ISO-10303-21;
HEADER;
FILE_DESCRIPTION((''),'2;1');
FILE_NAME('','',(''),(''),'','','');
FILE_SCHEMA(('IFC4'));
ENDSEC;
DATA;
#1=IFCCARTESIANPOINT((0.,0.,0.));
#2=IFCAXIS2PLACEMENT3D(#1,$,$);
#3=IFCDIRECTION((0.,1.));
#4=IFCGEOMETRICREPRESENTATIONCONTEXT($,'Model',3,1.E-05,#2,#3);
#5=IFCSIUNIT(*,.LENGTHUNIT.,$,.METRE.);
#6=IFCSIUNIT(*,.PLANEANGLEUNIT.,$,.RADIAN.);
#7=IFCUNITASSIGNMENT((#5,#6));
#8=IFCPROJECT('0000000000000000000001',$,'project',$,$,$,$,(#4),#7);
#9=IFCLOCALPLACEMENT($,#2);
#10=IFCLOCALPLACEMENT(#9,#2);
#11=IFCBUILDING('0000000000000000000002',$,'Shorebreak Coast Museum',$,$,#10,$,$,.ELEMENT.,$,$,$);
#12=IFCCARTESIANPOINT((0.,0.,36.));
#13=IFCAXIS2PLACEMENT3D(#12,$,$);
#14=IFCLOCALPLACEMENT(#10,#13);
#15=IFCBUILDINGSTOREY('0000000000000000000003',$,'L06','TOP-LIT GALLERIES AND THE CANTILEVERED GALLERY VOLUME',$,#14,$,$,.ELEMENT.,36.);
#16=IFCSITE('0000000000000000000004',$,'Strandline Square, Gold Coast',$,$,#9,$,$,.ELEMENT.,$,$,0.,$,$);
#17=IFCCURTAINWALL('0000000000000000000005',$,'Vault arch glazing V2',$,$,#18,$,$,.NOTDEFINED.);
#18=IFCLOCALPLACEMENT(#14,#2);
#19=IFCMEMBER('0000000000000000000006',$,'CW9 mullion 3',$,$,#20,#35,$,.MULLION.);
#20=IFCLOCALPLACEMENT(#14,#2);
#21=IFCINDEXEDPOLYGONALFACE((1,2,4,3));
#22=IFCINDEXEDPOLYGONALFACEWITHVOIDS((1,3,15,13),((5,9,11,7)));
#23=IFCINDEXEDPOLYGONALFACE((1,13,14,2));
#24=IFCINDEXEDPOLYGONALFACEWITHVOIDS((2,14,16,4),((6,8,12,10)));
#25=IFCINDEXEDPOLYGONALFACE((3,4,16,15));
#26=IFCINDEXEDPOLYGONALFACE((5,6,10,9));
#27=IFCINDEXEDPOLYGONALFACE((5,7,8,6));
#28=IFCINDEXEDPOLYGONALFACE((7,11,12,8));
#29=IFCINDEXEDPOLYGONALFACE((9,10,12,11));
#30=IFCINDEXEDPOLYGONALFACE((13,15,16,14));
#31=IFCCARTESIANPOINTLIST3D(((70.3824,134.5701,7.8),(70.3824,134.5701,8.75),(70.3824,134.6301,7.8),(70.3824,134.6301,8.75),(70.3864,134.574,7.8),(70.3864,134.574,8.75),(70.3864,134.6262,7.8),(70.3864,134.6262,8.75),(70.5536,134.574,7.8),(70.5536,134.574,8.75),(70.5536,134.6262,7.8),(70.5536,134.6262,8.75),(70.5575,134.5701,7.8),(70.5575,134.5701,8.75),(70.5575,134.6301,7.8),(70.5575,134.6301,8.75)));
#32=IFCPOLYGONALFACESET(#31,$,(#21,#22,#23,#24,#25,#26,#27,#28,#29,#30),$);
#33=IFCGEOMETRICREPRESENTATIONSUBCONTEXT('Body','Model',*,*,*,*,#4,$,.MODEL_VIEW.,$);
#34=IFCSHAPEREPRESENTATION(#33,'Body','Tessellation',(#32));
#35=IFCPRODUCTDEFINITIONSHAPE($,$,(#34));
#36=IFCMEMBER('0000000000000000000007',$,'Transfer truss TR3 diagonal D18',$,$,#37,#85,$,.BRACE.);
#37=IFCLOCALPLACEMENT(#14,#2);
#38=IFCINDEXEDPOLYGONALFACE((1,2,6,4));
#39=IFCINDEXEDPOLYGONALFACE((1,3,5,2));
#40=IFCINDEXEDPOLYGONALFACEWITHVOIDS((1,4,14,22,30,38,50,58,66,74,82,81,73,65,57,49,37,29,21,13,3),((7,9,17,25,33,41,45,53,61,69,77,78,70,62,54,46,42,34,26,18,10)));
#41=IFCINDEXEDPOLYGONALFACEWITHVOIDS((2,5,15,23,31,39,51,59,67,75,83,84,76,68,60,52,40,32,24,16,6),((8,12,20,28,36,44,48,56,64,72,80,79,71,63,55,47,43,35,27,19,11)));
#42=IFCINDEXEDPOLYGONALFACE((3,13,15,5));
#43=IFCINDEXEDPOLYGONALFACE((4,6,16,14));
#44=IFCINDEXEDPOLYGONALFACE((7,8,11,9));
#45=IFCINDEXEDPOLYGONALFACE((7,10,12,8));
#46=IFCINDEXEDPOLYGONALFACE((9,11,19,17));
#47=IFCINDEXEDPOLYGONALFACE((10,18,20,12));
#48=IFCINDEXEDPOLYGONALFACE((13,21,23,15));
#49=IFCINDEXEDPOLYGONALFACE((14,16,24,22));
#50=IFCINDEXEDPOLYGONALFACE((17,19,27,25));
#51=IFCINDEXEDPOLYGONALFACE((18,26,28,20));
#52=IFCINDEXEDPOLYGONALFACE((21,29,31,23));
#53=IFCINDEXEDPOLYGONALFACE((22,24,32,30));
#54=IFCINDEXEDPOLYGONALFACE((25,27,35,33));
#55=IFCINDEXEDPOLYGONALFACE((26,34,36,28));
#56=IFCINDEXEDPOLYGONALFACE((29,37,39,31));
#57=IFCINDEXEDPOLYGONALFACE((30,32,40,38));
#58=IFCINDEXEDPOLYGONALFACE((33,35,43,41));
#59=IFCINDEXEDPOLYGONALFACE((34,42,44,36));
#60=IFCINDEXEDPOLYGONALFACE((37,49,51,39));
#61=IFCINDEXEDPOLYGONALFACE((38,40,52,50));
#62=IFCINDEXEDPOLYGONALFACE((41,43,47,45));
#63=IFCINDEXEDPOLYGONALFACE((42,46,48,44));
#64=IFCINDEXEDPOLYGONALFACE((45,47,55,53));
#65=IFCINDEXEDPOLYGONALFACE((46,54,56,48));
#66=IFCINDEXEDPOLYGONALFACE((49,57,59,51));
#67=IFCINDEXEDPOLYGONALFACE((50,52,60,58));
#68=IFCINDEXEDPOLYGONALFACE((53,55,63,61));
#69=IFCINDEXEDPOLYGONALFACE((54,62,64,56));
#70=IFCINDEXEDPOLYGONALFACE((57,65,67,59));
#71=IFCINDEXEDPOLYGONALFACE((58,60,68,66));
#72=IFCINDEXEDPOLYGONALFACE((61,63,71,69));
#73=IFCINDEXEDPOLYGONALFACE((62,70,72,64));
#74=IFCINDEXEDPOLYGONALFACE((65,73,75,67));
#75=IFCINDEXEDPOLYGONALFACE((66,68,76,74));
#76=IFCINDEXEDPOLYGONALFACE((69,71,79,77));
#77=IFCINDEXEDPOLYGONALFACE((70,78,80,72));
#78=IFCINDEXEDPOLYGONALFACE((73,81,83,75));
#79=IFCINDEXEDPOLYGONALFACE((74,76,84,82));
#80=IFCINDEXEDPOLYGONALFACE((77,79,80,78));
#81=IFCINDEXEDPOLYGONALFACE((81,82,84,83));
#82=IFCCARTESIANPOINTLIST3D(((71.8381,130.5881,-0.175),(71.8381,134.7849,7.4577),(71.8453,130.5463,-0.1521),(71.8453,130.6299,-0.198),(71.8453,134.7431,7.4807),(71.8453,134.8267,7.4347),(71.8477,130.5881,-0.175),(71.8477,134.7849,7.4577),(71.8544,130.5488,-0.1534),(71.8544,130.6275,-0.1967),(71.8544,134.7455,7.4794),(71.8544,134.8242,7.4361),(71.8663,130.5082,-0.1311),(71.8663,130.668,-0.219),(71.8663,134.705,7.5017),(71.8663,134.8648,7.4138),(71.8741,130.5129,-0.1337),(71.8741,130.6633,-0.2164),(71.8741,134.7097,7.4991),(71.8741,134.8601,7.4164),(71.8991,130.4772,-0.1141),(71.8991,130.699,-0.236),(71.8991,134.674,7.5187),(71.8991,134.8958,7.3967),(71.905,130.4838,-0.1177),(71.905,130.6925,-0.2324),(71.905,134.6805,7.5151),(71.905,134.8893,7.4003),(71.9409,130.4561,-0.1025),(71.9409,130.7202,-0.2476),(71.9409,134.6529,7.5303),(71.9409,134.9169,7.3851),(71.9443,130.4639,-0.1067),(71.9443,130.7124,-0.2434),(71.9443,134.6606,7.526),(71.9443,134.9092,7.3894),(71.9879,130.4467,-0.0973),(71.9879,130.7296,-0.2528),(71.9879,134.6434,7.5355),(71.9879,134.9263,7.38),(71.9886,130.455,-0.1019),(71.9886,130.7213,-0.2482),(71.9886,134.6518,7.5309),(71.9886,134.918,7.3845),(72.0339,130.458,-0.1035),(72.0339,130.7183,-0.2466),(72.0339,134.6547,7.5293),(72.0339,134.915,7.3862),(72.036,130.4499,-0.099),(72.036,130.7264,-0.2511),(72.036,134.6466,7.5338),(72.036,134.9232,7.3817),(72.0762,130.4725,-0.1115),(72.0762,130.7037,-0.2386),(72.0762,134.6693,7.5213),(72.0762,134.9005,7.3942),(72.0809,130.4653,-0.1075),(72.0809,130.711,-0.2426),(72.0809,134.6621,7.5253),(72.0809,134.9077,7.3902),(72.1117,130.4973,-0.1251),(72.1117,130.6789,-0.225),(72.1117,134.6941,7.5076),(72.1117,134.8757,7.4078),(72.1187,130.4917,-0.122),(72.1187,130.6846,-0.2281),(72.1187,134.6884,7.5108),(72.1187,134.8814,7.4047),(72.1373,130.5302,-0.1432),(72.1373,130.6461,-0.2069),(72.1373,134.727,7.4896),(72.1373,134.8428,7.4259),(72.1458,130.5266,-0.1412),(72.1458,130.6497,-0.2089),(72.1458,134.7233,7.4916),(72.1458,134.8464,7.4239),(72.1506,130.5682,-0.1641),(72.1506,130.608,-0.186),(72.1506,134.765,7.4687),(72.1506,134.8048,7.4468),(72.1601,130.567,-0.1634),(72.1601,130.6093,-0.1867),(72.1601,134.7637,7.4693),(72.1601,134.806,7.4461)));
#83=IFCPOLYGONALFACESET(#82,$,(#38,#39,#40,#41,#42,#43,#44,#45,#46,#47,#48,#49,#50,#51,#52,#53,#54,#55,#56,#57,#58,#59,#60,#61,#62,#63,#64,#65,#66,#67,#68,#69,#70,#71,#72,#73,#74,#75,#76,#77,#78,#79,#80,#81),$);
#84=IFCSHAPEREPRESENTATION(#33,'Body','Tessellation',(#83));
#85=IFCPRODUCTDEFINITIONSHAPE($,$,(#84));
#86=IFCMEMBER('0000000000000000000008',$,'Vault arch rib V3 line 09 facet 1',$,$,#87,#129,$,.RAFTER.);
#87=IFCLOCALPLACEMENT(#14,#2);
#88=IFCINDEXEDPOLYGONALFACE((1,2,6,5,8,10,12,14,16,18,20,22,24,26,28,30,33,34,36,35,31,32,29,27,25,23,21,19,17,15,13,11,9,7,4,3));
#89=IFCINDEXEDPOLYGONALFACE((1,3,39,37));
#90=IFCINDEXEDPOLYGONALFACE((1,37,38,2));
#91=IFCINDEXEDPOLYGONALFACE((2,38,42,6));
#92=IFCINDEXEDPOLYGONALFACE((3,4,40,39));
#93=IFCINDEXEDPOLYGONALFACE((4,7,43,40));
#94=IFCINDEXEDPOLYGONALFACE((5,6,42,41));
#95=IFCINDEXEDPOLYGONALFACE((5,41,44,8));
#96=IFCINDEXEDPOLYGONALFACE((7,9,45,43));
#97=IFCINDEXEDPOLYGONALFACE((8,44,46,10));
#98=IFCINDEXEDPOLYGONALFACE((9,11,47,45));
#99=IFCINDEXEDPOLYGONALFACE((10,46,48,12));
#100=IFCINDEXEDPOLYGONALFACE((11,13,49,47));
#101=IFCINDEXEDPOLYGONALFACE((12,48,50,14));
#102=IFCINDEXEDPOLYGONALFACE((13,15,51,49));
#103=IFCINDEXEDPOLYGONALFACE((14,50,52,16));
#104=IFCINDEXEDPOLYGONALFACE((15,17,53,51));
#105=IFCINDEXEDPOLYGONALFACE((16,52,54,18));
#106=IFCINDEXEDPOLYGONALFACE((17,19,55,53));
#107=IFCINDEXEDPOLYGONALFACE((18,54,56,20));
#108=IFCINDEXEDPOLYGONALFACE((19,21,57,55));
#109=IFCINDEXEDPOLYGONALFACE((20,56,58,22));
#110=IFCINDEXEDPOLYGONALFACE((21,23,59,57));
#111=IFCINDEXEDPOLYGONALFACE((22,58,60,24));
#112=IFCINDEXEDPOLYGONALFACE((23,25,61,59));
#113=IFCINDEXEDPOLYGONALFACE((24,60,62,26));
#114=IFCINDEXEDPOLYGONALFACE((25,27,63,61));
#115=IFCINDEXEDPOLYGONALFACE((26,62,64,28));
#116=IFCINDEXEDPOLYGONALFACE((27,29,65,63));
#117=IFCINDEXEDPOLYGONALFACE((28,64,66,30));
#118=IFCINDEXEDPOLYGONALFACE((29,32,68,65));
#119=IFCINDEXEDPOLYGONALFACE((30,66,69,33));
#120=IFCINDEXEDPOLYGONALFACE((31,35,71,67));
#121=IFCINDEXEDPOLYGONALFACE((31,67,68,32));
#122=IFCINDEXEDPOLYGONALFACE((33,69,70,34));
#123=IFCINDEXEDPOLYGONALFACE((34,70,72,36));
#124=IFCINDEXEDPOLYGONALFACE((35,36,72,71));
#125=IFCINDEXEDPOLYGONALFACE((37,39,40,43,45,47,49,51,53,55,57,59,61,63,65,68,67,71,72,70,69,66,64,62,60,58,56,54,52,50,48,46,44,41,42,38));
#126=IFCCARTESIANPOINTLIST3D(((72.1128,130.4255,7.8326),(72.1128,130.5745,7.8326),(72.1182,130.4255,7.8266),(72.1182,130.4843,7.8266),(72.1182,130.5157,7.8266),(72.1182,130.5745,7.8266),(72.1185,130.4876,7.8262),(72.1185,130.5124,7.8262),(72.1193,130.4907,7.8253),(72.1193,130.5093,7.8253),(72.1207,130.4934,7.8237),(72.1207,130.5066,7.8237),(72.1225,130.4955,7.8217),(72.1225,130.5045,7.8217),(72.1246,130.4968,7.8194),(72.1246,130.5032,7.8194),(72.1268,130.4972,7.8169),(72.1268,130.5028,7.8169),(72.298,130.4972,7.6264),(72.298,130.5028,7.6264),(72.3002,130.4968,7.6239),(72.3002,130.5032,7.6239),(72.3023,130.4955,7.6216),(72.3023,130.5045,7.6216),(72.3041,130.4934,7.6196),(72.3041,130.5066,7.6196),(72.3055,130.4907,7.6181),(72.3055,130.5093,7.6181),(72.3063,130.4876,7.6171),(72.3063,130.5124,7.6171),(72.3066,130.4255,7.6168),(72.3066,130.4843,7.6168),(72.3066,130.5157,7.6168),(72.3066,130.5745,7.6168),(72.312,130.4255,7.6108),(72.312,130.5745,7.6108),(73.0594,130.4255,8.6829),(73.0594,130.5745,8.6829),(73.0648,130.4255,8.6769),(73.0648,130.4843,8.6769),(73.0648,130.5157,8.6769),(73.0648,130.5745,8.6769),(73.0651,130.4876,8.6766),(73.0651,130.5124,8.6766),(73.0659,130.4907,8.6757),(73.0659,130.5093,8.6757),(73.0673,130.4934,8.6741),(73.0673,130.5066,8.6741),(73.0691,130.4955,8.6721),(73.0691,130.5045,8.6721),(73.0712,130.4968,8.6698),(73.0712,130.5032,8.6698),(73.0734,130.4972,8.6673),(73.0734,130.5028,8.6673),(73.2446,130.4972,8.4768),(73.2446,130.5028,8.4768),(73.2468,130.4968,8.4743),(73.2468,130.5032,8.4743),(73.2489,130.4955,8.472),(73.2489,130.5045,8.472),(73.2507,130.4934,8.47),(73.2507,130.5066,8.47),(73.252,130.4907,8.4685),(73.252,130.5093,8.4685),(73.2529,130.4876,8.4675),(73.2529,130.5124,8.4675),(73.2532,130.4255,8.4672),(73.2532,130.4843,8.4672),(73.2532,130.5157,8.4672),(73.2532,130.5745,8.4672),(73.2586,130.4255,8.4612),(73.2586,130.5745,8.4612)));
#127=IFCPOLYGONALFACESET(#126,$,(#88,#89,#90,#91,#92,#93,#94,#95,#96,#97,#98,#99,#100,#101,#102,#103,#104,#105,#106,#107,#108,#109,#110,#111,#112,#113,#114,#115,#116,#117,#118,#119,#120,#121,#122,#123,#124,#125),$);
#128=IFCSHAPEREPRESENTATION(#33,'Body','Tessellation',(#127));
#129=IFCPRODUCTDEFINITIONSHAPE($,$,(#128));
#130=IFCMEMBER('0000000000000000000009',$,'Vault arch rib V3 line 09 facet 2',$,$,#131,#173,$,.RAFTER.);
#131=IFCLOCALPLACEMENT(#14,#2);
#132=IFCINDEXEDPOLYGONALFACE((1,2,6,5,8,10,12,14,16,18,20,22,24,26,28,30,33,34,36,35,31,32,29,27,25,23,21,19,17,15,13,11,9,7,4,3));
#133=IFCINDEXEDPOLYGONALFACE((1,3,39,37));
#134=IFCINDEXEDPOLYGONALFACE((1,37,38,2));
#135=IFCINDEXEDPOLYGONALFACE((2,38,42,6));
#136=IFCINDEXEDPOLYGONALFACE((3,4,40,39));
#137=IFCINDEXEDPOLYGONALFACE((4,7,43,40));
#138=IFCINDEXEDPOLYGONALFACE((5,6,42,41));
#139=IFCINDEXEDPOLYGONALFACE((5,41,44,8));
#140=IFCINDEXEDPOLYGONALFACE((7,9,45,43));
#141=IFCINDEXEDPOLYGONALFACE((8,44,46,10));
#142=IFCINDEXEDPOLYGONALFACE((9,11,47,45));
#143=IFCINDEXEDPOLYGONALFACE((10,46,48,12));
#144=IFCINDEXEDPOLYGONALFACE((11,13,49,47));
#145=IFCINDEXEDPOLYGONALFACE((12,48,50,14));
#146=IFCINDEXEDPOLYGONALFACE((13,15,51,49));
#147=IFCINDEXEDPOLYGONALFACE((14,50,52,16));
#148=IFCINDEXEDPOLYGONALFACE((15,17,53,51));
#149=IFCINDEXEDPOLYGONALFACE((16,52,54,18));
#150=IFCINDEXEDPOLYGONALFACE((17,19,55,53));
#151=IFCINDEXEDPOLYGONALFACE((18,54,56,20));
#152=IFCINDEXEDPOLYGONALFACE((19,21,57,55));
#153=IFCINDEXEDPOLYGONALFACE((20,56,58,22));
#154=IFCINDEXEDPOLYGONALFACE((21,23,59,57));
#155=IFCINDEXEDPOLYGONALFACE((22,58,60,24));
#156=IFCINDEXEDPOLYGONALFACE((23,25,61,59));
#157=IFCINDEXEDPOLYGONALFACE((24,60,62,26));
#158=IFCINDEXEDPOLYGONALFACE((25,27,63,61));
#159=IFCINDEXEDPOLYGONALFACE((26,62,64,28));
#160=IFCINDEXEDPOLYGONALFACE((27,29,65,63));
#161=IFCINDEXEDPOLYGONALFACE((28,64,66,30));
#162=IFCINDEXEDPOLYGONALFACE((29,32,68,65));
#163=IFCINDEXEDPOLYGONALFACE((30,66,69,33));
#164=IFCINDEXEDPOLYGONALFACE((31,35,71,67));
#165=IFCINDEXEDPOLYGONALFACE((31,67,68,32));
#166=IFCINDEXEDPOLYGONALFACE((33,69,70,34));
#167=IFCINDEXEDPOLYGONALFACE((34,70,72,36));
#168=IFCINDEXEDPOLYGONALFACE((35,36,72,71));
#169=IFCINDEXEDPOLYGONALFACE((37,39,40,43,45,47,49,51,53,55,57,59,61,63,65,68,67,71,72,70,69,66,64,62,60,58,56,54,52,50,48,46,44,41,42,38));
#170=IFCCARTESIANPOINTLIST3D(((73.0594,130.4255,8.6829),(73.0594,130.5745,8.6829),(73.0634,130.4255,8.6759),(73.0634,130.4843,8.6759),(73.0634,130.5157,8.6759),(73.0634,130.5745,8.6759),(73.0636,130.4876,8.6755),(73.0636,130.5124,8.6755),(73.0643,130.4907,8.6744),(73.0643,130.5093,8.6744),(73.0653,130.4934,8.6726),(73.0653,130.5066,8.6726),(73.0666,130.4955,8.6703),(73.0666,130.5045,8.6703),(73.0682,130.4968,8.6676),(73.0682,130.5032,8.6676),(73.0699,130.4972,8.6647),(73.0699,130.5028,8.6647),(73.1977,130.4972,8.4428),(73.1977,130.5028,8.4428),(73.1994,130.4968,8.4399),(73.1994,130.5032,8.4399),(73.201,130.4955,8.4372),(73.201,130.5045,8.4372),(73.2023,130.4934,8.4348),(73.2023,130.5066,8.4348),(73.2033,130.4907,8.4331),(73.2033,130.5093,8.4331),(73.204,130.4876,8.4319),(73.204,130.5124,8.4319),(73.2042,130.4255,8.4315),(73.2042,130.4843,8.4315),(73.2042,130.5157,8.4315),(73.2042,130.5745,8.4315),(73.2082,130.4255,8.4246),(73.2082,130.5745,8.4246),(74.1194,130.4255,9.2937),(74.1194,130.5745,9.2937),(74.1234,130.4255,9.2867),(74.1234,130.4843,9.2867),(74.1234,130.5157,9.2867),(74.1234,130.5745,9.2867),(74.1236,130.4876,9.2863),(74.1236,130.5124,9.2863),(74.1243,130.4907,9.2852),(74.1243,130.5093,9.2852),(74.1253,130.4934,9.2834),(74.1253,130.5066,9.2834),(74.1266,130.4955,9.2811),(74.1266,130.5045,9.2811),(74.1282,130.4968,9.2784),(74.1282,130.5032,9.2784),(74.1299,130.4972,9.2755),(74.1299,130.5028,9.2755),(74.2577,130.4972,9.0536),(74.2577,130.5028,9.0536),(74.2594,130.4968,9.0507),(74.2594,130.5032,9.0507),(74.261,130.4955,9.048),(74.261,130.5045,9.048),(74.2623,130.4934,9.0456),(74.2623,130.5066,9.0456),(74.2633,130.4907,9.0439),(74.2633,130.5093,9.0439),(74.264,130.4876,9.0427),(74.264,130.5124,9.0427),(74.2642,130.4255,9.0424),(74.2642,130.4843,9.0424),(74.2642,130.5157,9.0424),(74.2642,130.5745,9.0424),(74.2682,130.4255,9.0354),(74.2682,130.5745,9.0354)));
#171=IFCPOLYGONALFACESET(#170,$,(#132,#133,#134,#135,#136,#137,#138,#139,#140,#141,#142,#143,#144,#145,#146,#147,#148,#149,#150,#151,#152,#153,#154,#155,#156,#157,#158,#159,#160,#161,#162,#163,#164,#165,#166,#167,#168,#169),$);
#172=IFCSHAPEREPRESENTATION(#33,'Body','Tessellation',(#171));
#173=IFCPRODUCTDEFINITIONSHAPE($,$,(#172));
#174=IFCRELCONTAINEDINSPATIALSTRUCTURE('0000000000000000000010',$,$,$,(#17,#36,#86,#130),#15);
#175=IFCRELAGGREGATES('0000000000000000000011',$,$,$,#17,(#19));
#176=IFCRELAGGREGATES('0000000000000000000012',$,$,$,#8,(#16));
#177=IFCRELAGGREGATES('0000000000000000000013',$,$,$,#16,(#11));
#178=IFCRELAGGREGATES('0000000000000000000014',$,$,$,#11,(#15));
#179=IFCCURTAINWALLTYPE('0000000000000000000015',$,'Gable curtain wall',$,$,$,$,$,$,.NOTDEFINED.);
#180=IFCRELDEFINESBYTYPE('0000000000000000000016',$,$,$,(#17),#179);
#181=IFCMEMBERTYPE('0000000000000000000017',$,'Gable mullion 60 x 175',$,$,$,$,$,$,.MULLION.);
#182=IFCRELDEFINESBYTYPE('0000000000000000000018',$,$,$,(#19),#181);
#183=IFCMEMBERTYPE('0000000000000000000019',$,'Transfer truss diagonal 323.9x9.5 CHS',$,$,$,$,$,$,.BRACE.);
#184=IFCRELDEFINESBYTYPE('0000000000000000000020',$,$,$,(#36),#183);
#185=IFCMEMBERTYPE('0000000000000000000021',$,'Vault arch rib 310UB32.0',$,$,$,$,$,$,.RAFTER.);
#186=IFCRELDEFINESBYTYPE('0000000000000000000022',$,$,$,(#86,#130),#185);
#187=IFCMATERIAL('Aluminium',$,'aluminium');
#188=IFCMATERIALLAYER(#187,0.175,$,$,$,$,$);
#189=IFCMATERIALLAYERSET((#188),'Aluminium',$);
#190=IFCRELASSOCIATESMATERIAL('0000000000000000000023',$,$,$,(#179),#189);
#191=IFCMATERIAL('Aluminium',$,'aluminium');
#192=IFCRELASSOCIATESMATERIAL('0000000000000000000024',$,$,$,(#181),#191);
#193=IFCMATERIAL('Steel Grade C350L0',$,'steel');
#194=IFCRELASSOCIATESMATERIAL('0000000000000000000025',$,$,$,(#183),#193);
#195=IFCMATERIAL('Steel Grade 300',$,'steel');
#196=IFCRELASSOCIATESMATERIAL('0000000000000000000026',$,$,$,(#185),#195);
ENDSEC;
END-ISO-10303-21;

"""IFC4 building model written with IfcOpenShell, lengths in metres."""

from ifc_helpers import new_model, si_unit, direction, frame, origin, origin_2d, place, context, subcontext, project, spatial, hollow_rectangle, hollow_circle, i_section, extrude, material, layer, layer_set, material_profile, profile_set, type_object, element, aggregate, save


model = new_model("IFC4")

# Units and contexts
model_context = context("Model", 3, precision=1e-05, world=origin(), true_north=direction((0.0, 1.0)))
body_context = subcontext(model_context, "Body", "Model", "MODEL_VIEW")
ifc_project = project(units=[si_unit("LENGTHUNIT", "METRE"), si_unit("PLANEANGLEUNIT", "RADIAN")], contexts=[model_context])

# Site, building, storey
site_placement = place(None, origin())
site = spatial("IfcSite", under=ifc_project, at=site_placement, Name="Strandline Square, Gold Coast", CompositionType="ELEMENT", RefElevation=0.0)
building_placement = place(site_placement, origin())
building = spatial("IfcBuilding", under=site, at=building_placement, Name="Shorebreak Coast Museum", CompositionType="ELEMENT")
storey_placement = place(building_placement, frame((0.0, 0.0, 36.0)))
storey = spatial("IfcBuildingStorey", under=building, at=storey_placement, Name="L06", Description="TOP-LIT GALLERIES AND THE CANTILEVERED GALLERY VOLUME", CompositionType="ELEMENT", Elevation=36.0)

# Curtain wall, member
ifc_material_1 = material(Name="Aluminium", Category="aluminium")
ifc_layer_1 = layer(ifc_material_1, 0.175)
ifc_layer_set_1 = layer_set([ifc_layer_1], Name="Aluminium")
curtain_wall_type_1 = type_object("IfcCurtainWallType", Name="Gable curtain wall", PredefinedType="NOTDEFINED", material=ifc_layer_set_1)
curtain_wall_1_placement = place(storey_placement, origin())
curtain_wall_1 = element("IfcCurtainWall", 1, at=curtain_wall_1_placement, inside=storey, type_object=curtain_wall_type_1, Name="Vault arch glazing V2", PredefinedType="NOTDEFINED")
ifc_material_2 = material(Name="Aluminium", Category="aluminium")
ifc_material_profile_1 = material_profile(ifc_material_2, hollow_rectangle(XDim=0.0601, YDim=0.175, WallThickness=0.0039, at=origin_2d()), Name="AL 175x60 RHS")
ifc_profile_set_1 = profile_set([ifc_material_profile_1], Name="Aluminium")
member_type_1 = type_object("IfcMemberType", Name="Gable mullion 60 x 175", PredefinedType="MULLION", material=ifc_profile_set_1)
member_1_placement = place(storey_placement, frame((70.47, 134.6001, 7.8), z_axis=(0.0, 0.0, 1.0), x_axis=(0.0, 1.0, 0.0)))
member_1 = element("IfcMember", 2, at=member_1_placement, type_object=member_type_1, Name="CW9 mullion 3", PredefinedType="MULLION", context=body_context, shape_type="SweptSolid", body=[
    extrude(hollow_rectangle(XDim=0.0601, YDim=0.175, WallThickness=0.0039, at=origin_2d()), origin(), (0.0, 0.0, 1.0), 0.95),
])

# Members
ifc_material_3 = material(Name="Steel Grade C350L0", Category="steel")
ifc_material_profile_2 = material_profile(ifc_material_3, hollow_circle(Radius=0.1619, WallThickness=0.0095, at=origin_2d()), Name="323.9x9.5 CHS")
ifc_profile_set_2 = profile_set([ifc_material_profile_2], Name="Steel Grade C350L0")
member_type_2 = type_object("IfcMemberType", Name="Transfer truss diagonal 323.9x9.5 CHS", PredefinedType="BRACE", material=ifc_profile_set_2)
member_2_placement = place(storey_placement, frame((72.0, 130.5881, -0.175), z_axis=(0.0, 0.481807, 0.876277), x_axis=(-1.0, 0.0, 0.0)))
element("IfcMember", 3, at=member_2_placement, inside=storey, type_object=member_type_2, Name="Transfer truss TR3 diagonal D18", PredefinedType="BRACE", context=body_context, shape_type="SweptSolid", body=[
    extrude(hollow_circle(Radius=0.1619, WallThickness=0.0095, at=origin_2d()), origin(), (0.0, 0.0, 1.0), 8.7104),
])
ifc_material_4 = material(Name="Steel Grade 300", Category="steel")
ifc_material_profile_3 = material_profile(ifc_material_4, i_section(OverallWidth=0.1489, OverallDepth=0.2981, WebThickness=0.0056, FlangeThickness=0.0081, FilletRadius=0.0129, at=origin_2d()), Name="310UB32.0")
ifc_profile_set_3 = profile_set([ifc_material_profile_3], Name="Steel Grade 300")
member_type_3 = type_object("IfcMemberType", Name="Vault arch rib 310UB32.0", PredefinedType="RAFTER", material=ifc_profile_set_3)
member_3_placement = place(storey_placement, frame((72.2124, 130.5, 7.7217), z_axis=(0.743895, 0.0, 0.668297), x_axis=(0.0, 1.0, 0.0)))
element("IfcMember", 4, at=member_3_placement, inside=storey, type_object=member_type_3, Name="Vault arch rib V3 line 09 facet 1", PredefinedType="RAFTER", context=body_context, shape_type="SweptSolid", body=[
    extrude(i_section(OverallWidth=0.1489, OverallDepth=0.2981, WebThickness=0.0056, FlangeThickness=0.0081, FilletRadius=0.0129, at=origin_2d()), origin(), (0.0, 0.0, 1.0), 1.2725),
])
for number, where, z_axis, x_axis, name in (
    (5, (73.1338, 130.5, 8.5537), (0.866445, 0.0, 0.499273), (0.0, 1.0, 0.0), "Vault arch rib V3 line 09 facet 2"),
):
    element("IfcMember", number, at=place(storey_placement, frame(where, z_axis=z_axis, x_axis=x_axis)), inside=storey, type_object=member_type_3, Name=name, PredefinedType="RAFTER", context=body_context, shape_type="SweptSolid", body=[
        extrude(i_section(OverallWidth=0.1489, OverallDepth=0.2981, WebThickness=0.0056, FlangeThickness=0.0081, FilletRadius=0.0129, at=origin_2d()), origin(), (0.0, 0.0, 1.0), 1.2234),
    ])

aggregate(curtain_wall_1, [member_1])

save(model, "model.ifc")
